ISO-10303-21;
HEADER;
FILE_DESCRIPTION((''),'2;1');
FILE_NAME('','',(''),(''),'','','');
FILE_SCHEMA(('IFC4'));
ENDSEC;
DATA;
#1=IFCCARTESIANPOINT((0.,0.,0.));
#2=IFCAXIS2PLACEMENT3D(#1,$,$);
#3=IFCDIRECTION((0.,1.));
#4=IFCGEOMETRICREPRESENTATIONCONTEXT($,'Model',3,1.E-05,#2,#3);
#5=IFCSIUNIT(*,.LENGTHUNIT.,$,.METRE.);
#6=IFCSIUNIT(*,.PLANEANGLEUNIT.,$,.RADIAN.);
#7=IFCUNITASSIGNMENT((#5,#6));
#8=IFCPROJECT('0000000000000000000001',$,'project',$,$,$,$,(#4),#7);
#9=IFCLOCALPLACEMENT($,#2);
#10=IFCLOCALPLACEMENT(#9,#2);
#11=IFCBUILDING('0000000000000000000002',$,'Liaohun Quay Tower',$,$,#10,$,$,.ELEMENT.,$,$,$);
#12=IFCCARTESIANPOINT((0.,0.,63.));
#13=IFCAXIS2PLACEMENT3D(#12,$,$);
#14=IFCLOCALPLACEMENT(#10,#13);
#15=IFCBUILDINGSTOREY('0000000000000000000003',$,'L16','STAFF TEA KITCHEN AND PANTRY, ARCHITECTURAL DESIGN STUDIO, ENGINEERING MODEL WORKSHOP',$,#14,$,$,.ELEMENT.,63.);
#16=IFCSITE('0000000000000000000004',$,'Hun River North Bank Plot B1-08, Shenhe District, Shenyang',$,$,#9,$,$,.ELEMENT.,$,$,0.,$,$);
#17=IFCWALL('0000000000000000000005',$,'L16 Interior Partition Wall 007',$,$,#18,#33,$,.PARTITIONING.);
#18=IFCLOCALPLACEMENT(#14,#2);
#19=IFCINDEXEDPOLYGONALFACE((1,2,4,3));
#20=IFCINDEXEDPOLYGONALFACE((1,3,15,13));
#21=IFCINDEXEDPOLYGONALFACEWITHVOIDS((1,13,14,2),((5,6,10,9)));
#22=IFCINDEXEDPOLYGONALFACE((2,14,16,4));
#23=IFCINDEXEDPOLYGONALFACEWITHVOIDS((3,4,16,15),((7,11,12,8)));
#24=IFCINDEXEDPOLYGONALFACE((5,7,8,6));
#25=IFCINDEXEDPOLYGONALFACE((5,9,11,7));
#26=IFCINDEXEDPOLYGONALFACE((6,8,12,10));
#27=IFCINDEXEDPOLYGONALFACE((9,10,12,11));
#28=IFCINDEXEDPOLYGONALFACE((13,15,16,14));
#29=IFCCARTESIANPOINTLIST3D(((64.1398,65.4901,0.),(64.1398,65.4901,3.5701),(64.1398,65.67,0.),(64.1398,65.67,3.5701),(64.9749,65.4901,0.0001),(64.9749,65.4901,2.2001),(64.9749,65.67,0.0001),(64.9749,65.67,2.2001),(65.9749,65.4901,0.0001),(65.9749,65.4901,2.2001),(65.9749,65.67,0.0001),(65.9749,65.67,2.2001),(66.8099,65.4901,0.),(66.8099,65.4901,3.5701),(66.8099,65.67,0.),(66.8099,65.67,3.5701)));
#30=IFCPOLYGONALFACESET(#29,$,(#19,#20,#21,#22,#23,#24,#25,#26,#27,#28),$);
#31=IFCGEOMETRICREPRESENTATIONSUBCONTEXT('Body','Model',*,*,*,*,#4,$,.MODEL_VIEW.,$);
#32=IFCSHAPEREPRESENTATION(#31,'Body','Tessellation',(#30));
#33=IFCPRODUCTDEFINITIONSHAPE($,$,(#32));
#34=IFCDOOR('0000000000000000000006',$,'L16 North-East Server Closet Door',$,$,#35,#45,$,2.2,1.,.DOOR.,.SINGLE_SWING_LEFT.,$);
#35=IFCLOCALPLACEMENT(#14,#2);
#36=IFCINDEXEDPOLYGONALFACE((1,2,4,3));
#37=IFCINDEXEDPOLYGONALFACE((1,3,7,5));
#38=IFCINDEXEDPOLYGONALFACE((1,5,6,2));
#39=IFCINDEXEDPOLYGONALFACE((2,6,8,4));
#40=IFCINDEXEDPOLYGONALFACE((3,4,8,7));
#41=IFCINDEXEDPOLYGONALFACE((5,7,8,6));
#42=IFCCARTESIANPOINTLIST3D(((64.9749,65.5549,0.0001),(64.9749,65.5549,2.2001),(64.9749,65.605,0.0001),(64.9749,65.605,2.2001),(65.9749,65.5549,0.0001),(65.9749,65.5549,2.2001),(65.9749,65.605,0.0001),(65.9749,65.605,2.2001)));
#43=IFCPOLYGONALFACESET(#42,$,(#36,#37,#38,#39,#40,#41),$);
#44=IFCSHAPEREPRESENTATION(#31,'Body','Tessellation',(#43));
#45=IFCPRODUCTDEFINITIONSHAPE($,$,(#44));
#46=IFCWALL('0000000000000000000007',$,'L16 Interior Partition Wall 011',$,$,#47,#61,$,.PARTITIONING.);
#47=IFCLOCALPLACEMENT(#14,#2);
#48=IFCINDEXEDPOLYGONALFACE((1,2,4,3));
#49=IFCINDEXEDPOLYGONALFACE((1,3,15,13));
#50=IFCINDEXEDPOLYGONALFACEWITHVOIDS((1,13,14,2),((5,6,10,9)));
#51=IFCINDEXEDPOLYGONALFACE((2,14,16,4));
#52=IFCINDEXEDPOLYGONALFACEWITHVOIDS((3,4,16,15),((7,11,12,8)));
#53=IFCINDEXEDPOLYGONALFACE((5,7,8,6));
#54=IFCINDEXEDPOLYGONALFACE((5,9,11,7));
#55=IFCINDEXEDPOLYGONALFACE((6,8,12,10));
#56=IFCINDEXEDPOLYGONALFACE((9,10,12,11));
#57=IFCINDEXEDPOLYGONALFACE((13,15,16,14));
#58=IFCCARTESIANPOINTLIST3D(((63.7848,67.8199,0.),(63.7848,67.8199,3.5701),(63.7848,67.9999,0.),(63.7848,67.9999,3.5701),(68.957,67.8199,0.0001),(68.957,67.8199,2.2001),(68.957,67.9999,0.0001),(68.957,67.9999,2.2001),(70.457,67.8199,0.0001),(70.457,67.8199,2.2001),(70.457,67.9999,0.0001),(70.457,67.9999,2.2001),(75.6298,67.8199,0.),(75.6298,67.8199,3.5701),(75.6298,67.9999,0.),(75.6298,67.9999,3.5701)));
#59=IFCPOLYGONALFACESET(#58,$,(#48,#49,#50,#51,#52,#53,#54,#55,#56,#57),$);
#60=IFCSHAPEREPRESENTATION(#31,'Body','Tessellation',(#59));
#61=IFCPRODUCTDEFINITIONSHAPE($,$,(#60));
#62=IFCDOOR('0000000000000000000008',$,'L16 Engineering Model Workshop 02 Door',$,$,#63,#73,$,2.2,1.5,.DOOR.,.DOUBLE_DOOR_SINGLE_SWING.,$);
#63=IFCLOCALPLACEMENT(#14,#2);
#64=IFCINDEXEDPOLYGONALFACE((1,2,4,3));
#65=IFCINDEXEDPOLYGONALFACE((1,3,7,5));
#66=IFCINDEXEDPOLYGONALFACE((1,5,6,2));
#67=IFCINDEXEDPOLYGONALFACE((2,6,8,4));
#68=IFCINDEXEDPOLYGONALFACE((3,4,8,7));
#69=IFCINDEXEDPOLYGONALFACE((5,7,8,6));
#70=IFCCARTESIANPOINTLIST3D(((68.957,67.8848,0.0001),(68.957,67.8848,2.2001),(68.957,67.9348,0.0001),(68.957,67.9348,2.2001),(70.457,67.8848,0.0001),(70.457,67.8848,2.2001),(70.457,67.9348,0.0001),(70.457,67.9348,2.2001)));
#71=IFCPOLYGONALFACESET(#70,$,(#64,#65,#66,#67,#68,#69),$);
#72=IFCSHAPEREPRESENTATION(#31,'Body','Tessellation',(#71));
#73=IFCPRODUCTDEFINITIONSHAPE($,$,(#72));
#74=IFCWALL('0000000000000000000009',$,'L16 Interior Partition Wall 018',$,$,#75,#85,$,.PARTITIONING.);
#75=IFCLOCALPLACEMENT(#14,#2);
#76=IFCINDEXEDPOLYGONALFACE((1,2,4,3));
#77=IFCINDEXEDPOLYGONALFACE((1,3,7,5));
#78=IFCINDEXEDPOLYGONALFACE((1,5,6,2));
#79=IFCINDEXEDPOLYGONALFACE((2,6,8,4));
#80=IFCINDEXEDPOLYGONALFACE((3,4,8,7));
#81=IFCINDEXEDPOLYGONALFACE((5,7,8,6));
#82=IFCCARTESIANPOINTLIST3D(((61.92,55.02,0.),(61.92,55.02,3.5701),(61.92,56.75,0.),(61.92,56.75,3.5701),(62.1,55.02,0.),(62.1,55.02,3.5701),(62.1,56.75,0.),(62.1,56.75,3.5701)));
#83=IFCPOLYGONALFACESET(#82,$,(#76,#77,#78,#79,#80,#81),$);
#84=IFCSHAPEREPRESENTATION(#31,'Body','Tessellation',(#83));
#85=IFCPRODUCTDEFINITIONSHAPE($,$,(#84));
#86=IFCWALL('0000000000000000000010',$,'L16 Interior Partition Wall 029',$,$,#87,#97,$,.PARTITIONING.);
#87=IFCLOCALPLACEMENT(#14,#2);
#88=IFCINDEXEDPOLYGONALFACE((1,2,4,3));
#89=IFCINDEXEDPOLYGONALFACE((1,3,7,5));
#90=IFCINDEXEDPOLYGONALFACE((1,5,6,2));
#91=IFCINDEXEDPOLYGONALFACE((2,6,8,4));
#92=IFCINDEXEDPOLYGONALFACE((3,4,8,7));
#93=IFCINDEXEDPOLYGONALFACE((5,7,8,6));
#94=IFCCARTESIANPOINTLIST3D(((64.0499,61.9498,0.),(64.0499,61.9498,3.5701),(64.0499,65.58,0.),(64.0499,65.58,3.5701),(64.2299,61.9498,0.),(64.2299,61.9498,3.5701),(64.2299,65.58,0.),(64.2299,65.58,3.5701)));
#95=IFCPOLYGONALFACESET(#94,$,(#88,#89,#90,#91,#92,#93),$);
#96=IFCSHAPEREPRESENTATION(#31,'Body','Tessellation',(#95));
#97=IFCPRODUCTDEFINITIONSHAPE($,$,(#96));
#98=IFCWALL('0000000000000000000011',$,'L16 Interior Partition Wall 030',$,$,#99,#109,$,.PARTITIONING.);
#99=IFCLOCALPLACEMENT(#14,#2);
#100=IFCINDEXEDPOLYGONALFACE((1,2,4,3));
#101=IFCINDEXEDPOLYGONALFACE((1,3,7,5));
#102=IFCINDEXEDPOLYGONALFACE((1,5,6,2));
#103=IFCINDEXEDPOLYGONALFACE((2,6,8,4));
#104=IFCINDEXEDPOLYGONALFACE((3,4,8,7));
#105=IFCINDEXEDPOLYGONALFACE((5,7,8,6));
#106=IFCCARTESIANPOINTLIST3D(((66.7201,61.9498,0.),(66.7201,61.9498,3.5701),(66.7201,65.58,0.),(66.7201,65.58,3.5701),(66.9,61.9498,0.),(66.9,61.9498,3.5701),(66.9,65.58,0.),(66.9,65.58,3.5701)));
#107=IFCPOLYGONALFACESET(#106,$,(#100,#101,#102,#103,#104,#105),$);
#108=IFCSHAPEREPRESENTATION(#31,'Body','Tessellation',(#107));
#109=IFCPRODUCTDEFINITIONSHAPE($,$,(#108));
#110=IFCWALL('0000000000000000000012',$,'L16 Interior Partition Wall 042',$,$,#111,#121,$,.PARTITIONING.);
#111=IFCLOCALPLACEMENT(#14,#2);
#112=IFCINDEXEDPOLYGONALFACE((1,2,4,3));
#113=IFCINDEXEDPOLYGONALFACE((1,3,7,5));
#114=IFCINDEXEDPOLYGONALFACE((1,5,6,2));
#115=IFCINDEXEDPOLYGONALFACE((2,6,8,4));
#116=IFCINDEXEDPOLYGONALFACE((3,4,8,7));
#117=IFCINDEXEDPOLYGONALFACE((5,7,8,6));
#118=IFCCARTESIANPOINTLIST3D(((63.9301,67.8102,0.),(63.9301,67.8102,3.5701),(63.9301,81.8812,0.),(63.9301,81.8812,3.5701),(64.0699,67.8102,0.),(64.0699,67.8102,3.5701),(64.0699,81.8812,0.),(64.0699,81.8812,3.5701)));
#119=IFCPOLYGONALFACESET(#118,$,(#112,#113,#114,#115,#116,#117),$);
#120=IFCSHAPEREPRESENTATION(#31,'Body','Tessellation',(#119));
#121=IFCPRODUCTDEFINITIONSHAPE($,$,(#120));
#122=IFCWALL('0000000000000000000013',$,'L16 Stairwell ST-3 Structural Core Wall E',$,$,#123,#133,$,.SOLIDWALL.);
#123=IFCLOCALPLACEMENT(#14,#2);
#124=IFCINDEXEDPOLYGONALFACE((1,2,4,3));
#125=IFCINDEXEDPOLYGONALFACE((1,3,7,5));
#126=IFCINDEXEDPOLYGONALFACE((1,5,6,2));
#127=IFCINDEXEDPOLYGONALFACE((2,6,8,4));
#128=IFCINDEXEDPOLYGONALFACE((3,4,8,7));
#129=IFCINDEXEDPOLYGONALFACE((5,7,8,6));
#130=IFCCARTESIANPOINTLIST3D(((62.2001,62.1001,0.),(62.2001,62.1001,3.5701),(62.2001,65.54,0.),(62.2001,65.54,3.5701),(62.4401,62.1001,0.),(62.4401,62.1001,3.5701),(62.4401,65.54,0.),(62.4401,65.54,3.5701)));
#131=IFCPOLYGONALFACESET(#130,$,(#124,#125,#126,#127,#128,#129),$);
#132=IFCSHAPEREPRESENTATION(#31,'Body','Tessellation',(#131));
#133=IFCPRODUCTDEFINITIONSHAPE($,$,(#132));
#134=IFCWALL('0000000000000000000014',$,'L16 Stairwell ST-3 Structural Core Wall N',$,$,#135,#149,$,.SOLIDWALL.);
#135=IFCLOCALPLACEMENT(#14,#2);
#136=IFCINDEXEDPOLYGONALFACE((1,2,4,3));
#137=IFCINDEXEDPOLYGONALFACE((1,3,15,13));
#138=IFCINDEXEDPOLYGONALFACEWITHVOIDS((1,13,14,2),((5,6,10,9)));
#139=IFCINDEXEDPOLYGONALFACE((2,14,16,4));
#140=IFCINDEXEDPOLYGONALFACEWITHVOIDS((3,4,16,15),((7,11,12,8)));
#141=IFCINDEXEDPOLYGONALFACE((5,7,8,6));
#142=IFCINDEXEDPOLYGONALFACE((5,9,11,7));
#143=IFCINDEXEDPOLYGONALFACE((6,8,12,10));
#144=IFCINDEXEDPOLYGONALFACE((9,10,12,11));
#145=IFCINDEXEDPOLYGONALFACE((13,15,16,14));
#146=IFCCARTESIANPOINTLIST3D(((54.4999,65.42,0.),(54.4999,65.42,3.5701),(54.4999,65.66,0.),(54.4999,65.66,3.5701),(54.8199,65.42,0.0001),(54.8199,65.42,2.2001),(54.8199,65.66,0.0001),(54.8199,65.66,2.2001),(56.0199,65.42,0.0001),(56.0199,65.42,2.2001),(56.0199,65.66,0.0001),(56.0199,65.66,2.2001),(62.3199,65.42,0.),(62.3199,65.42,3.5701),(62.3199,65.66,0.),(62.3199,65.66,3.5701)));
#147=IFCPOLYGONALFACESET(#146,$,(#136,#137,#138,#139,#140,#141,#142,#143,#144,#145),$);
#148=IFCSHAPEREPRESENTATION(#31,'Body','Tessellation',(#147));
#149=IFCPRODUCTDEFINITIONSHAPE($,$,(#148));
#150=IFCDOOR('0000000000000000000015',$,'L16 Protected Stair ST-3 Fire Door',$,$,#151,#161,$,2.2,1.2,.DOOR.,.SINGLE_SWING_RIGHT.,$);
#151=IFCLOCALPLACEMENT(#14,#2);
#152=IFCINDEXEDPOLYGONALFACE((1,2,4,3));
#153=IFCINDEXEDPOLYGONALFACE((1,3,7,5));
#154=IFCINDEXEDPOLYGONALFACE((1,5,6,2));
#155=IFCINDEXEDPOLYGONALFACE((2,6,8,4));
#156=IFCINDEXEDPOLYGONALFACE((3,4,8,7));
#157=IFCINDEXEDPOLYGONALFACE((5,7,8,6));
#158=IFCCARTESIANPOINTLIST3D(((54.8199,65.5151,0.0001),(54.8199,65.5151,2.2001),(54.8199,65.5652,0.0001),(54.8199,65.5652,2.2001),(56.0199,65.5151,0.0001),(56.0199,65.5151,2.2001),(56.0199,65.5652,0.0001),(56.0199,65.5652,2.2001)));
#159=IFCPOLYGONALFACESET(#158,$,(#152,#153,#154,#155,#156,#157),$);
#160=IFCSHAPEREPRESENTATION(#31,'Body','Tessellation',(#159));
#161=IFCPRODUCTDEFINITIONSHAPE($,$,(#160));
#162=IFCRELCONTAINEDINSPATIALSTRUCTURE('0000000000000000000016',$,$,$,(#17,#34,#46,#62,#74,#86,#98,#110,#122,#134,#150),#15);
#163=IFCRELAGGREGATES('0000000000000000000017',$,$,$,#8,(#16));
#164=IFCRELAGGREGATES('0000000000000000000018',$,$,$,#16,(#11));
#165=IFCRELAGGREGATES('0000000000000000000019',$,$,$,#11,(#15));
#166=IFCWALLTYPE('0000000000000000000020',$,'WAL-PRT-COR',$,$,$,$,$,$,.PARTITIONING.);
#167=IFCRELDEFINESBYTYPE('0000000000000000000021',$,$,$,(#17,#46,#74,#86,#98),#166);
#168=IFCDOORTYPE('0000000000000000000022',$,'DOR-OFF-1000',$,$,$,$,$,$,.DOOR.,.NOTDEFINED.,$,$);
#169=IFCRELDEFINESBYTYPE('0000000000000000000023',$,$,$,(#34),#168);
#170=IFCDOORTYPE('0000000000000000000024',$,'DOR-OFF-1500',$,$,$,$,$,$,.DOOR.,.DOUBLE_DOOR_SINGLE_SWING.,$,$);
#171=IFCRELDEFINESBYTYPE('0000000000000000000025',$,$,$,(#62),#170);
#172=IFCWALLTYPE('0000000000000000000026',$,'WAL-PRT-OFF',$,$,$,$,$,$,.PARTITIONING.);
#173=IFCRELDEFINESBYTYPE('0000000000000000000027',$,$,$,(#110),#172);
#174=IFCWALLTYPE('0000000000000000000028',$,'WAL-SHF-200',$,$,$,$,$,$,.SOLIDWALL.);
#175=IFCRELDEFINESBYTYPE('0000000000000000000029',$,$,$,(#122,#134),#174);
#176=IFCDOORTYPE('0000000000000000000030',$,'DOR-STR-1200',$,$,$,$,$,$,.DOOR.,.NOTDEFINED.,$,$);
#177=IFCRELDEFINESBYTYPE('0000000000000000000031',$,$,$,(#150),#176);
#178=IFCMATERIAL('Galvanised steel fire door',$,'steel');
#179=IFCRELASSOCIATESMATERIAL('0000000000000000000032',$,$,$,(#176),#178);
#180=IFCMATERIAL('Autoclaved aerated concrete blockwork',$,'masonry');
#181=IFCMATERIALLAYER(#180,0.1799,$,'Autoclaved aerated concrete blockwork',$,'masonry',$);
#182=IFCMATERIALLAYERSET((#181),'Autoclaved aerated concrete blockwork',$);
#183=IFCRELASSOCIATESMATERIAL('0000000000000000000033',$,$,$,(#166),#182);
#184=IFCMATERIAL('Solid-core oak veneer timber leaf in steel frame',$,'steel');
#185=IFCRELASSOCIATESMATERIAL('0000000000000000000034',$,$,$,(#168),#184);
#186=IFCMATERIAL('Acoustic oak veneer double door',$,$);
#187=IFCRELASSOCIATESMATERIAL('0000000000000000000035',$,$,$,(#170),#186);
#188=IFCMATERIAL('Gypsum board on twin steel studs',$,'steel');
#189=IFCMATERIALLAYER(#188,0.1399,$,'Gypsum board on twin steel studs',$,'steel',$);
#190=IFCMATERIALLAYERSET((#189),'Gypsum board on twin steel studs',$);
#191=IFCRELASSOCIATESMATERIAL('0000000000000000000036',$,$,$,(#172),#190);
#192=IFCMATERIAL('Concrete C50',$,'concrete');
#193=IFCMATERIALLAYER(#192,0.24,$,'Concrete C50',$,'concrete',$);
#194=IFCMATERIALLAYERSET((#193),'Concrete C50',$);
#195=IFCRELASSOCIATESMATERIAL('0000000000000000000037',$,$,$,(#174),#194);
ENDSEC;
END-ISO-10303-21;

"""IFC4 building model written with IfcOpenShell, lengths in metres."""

from ifc_helpers import new_model, si_unit, direction, frame, frame_2d, origin, place, context, subcontext, project, spatial, rectangle, extrude, source, transform, mapped, material, layer, layer_set, type_object, element, fill, save


model = new_model("IFC4")

# Units and contexts
model_context = context("Model", 3, precision=1e-05, world=origin(), true_north=direction((0.0, 1.0)))
body_context = subcontext(model_context, "Body", "Model", "MODEL_VIEW")
ifc_project = project(units=[si_unit("LENGTHUNIT", "METRE"), si_unit("PLANEANGLEUNIT", "RADIAN")], contexts=[model_context])

# Site, building, storey
site_placement = place(None, origin())
site = spatial("IfcSite", under=ifc_project, at=site_placement, Name="Hun River North Bank Plot B1-08, Shenhe District, Shenyang", CompositionType="ELEMENT", RefElevation=0.0)
building_placement = place(site_placement, origin())
building = spatial("IfcBuilding", under=site, at=building_placement, Name="Liaohun Quay Tower", CompositionType="ELEMENT")
storey_placement = place(building_placement, frame((0.0, 0.0, 63.0)))
storey = spatial("IfcBuildingStorey", under=building, at=storey_placement, Name="L16", Description="STAFF TEA KITCHEN AND PANTRY, ARCHITECTURAL DESIGN STUDIO, ENGINEERING MODEL WORKSHOP", CompositionType="ELEMENT", Elevation=63.0)

# Walls, openings, doors
ifc_material_1 = material(Name="Galvanised steel fire door", Category="steel")
door_type_1 = type_object("IfcDoorType", Name="DOR-STR-1200", OperationType="NOTDEFINED", PredefinedType="DOOR", material=ifc_material_1)
shared_shape_1 = source(origin(), body_context, "Body", "SweptSolid", [
    extrude(rectangle(XDim=1.2, YDim=2.2, at=frame_2d((0.6001, 1.1001))), frame((0.0, 0.0249, 0.0), z_axis=(0.0, -1.0, 0.0), x_axis=(1.0, 0.0, 0.0)), (0.0, 0.0, 1.0), 0.05),
])
ifc_material_2 = material(Name="Autoclaved aerated concrete blockwork", Category="masonry")
ifc_layer_1 = layer(ifc_material_2, 0.1799, Name="Autoclaved aerated concrete blockwork", Category="masonry")
ifc_layer_set_1 = layer_set([ifc_layer_1], Name="Autoclaved aerated concrete blockwork")
wall_type_1 = type_object("IfcWallType", Name="WAL-PRT-COR", PredefinedType="PARTITIONING", material=ifc_layer_set_1)
wall_1_placement = place(storey_placement, frame((64.1399, 65.5801, 0.0), z_axis=(0.0, 0.0, 1.0), x_axis=(1.0, 0.0, 0.0)))
wall_1 = element("IfcWall", 1, at=wall_1_placement, inside=storey, type_object=wall_type_1, Name="L16 Interior Partition Wall 007", PredefinedType="PARTITIONING", context=body_context, shape_type="SweptSolid", body=[
    extrude(rectangle(XDim=2.6702, YDim=0.1799, at=frame_2d((1.335, 0.0))), origin(), (0.0, 0.0, 1.0), 3.5701),
])
shared_shape_2 = source(origin(), body_context, "Body", "SweptSolid", [
    extrude(rectangle(XDim=1.0, YDim=2.2, at=frame_2d((0.5, 1.1001))), frame((0.0, 0.0999, 0.0), z_axis=(0.0, -1.0, 0.0), x_axis=(1.0, 0.0, 0.0)), (0.0, 0.0, 1.0), 0.2),
])
opening_1_placement = place(wall_1_placement, frame((0.835, 0.0, 0.0)))
opening_1 = element("IfcOpeningElement", 2, at=opening_1_placement, cuts=wall_1, PredefinedType="OPENING", context=body_context, shape_type="MappedRepresentation", body=[
    mapped(shared_shape_2, transform((0.0, 0.0, 0.0), x_axis=(1.0, 0.0, 0.0), y_axis=(0.0, 1.0, 0.0), z_axis=(0.0, 0.0, 1.0), scale=1.0)),
])
ifc_material_3 = material(Name="Solid-core oak veneer timber leaf in steel frame", Category="steel")
door_type_2 = type_object("IfcDoorType", Name="DOR-OFF-1000", OperationType="NOTDEFINED", PredefinedType="DOOR", material=ifc_material_3)
shared_shape_3 = source(origin(), body_context, "Body", "SweptSolid", [
    extrude(rectangle(XDim=1.0, YDim=2.2, at=frame_2d((0.5, 1.1001))), frame((0.0, 0.0249, 0.0), z_axis=(0.0, -1.0, 0.0), x_axis=(1.0, 0.0, 0.0)), (0.0, 0.0, 1.0), 0.05),
])
door_1_placement = place(opening_1_placement, origin())
door_1 = element("IfcDoor", 3, at=door_1_placement, inside=storey, type_object=door_type_2, Name="L16 North-East Server Closet Door", OperationType="SINGLE_SWING_LEFT", OverallHeight=2.2, OverallWidth=1.0, PredefinedType="DOOR", context=body_context, shape_type="MappedRepresentation", body=[
    mapped(shared_shape_3, transform((0.0, 0.0, 0.0), x_axis=(1.0, 0.0, 0.0), y_axis=(0.0, 1.0, 0.0), z_axis=(0.0, 0.0, 1.0), scale=1.0)),
])
fill(opening_1, door_1)
wall_2_placement = place(storey_placement, frame((63.7849, 67.9099, 0.0), z_axis=(0.0, 0.0, 1.0), x_axis=(1.0, 0.0, 0.0)))
wall_2 = element("IfcWall", 4, at=wall_2_placement, inside=storey, type_object=wall_type_1, Name="L16 Interior Partition Wall 011", PredefinedType="PARTITIONING", context=body_context, shape_type="SweptSolid", body=[
    extrude(rectangle(XDim=11.845, YDim=0.1799, at=frame_2d((5.9224, 0.0))), origin(), (0.0, 0.0, 1.0), 3.5701),
])
shared_shape_4 = source(origin(), body_context, "Body", "SweptSolid", [
    extrude(rectangle(XDim=1.5, YDim=2.2, at=frame_2d((0.75, 1.1001))), frame((0.0, 0.0999, 0.0), z_axis=(0.0, -1.0, 0.0), x_axis=(1.0, 0.0, 0.0)), (0.0, 0.0, 1.0), 0.2),
])
opening_2_placement = place(wall_2_placement, frame((5.1721, 0.0, 0.0)))
opening_2 = element("IfcOpeningElement", 5, at=opening_2_placement, cuts=wall_2, PredefinedType="OPENING", context=body_context, shape_type="MappedRepresentation", body=[
    mapped(shared_shape_4, transform((0.0, 0.0, 0.0), x_axis=(1.0, 0.0, 0.0), y_axis=(0.0, 1.0, 0.0), z_axis=(0.0, 0.0, 1.0), scale=1.0)),
])
ifc_material_4 = material(Name="Acoustic oak veneer double door")
door_type_3 = type_object("IfcDoorType", Name="DOR-OFF-1500", OperationType="DOUBLE_DOOR_SINGLE_SWING", PredefinedType="DOOR", material=ifc_material_4)
shared_shape_5 = source(origin(), body_context, "Body", "SweptSolid", [
    extrude(rectangle(XDim=1.5, YDim=2.2, at=frame_2d((0.75, 1.1001))), frame((0.0, 0.0249, 0.0), z_axis=(0.0, -1.0, 0.0), x_axis=(1.0, 0.0, 0.0)), (0.0, 0.0, 1.0), 0.05),
])
door_2_placement = place(opening_2_placement, origin())
door_2 = element("IfcDoor", 6, at=door_2_placement, inside=storey, type_object=door_type_3, Name="L16 Engineering Model Workshop 02 Door", OperationType="DOUBLE_DOOR_SINGLE_SWING", OverallHeight=2.2, OverallWidth=1.5, PredefinedType="DOOR", context=body_context, shape_type="MappedRepresentation", body=[
    mapped(shared_shape_5, transform((0.0, 0.0, 0.0), x_axis=(1.0, 0.0, 0.0), y_axis=(0.0, 1.0, 0.0), z_axis=(0.0, 0.0, 1.0), scale=1.0)),
])
fill(opening_2, door_2)

# Walls
wall_3_placement = place(storey_placement, frame((62.01, 55.02, 0.0), z_axis=(0.0, 0.0, 1.0), x_axis=(0.0, 1.0, 0.0)))
element("IfcWall", 7, at=wall_3_placement, inside=storey, type_object=wall_type_1, Name="L16 Interior Partition Wall 018", PredefinedType="PARTITIONING", context=body_context, shape_type="SweptSolid", body=[
    extrude(rectangle(XDim=1.73, YDim=0.1799, at=frame_2d((0.865, 0.0))), origin(), (0.0, 0.0, 1.0), 3.5701),
])
for number, where, z_axis, x_axis, name in (
    (8, (64.1399, 61.95, 0.0), (0.0, 0.0, 1.0), (0.0, 1.0, 0.0), "L16 Interior Partition Wall 029"),
    (9, (66.8101, 61.95, 0.0), (0.0, 0.0, 1.0), (0.0, 1.0, 0.0), "L16 Interior Partition Wall 030"),
):
    element("IfcWall", number, at=place(storey_placement, frame(where, z_axis=z_axis, x_axis=x_axis)), inside=storey, type_object=wall_type_1, Name=name, PredefinedType="PARTITIONING", context=body_context, shape_type="SweptSolid", body=[
        extrude(rectangle(XDim=3.6301, YDim=0.1799, at=frame_2d((1.8149, 0.0))), origin(), (0.0, 0.0, 1.0), 3.5701),
    ])
ifc_material_5 = material(Name="Gypsum board on twin steel studs", Category="steel")
ifc_layer_2 = layer(ifc_material_5, 0.1399, Name="Gypsum board on twin steel studs", Category="steel")
ifc_layer_set_2 = layer_set([ifc_layer_2], Name="Gypsum board on twin steel studs")
wall_type_2 = type_object("IfcWallType", Name="WAL-PRT-OFF", PredefinedType="PARTITIONING", material=ifc_layer_set_2)
wall_4_placement = place(storey_placement, frame((64.0, 67.8101, 0.0), z_axis=(0.0, 0.0, 1.0), x_axis=(0.0, 1.0, 0.0)))
element("IfcWall", 10, at=wall_4_placement, inside=storey, type_object=wall_type_2, Name="L16 Interior Partition Wall 042", PredefinedType="PARTITIONING", context=body_context, shape_type="SweptSolid", body=[
    extrude(rectangle(XDim=14.071, YDim=0.1399, at=frame_2d((7.0356, 0.0))), origin(), (0.0, 0.0, 1.0), 3.5701),
])
ifc_material_6 = material(Name="Concrete C50", Category="concrete")
ifc_layer_3 = layer(ifc_material_6, 0.24, Name="Concrete C50", Category="concrete")
ifc_layer_set_3 = layer_set([ifc_layer_3], Name="Concrete C50")
wall_type_3 = type_object("IfcWallType", Name="WAL-SHF-200", PredefinedType="SOLIDWALL", material=ifc_layer_set_3)
wall_5_placement = place(storey_placement, frame((62.3201, 62.1001, 0.0), z_axis=(0.0, 0.0, 1.0), x_axis=(0.0, 1.0, 0.0)))
element("IfcWall", 11, at=wall_5_placement, inside=storey, type_object=wall_type_3, Name="L16 Stairwell ST-3 Structural Core Wall E", PredefinedType="SOLIDWALL", context=body_context, shape_type="SweptSolid", body=[
    extrude(rectangle(XDim=3.4399, YDim=0.24, at=frame_2d((1.72, 0.0))), origin(), (0.0, 0.0, 1.0), 3.5701),
])

# Wall, opening, door
wall_6_placement = place(storey_placement, frame((62.3201, 65.54, 0.0), z_axis=(0.0, 0.0, 1.0), x_axis=(-1.0, 0.0, 0.0)))
wall_6 = element("IfcWall", 12, at=wall_6_placement, inside=storey, type_object=wall_type_3, Name="L16 Stairwell ST-3 Structural Core Wall N", PredefinedType="SOLIDWALL", context=body_context, shape_type="SweptSolid", body=[
    extrude(rectangle(XDim=7.8201, YDim=0.24, at=frame_2d((3.9102, 0.0))), origin(), (0.0, 0.0, 1.0), 3.5701),
])
shared_shape_6 = source(origin(), body_context, "Body", "SweptSolid", [
    extrude(rectangle(XDim=1.2, YDim=2.2, at=frame_2d((0.6001, 1.1001))), frame((0.0, 0.1299, 0.0), z_axis=(0.0, -1.0, 0.0), x_axis=(1.0, 0.0, 0.0)), (0.0, 0.0, 1.0), 0.26),
])
opening_3_placement = place(wall_6_placement, frame((6.3, 0.0, 0.0)))
opening_3 = element("IfcOpeningElement", 13, at=opening_3_placement, cuts=wall_6, PredefinedType="OPENING", context=body_context, shape_type="MappedRepresentation", body=[
    mapped(shared_shape_6, transform((0.0, 0.0, 0.0), x_axis=(1.0, 0.0, 0.0), y_axis=(0.0, 1.0, 0.0), z_axis=(0.0, 0.0, 1.0), scale=1.0)),
])
door_3_placement = place(opening_3_placement, origin())
door_3 = element("IfcDoor", 14, at=door_3_placement, inside=storey, type_object=door_type_1, Name="L16 Protected Stair ST-3 Fire Door", OperationType="SINGLE_SWING_RIGHT", OverallHeight=2.2, OverallWidth=1.2, PredefinedType="DOOR", context=body_context, shape_type="MappedRepresentation", body=[
    mapped(shared_shape_1, transform((0.0, 0.0, 0.0), x_axis=(1.0, 0.0, 0.0), y_axis=(0.0, 1.0, 0.0), z_axis=(0.0, 0.0, 1.0), scale=1.0)),
])
fill(opening_3, door_3)

save(model, "model.ifc")
